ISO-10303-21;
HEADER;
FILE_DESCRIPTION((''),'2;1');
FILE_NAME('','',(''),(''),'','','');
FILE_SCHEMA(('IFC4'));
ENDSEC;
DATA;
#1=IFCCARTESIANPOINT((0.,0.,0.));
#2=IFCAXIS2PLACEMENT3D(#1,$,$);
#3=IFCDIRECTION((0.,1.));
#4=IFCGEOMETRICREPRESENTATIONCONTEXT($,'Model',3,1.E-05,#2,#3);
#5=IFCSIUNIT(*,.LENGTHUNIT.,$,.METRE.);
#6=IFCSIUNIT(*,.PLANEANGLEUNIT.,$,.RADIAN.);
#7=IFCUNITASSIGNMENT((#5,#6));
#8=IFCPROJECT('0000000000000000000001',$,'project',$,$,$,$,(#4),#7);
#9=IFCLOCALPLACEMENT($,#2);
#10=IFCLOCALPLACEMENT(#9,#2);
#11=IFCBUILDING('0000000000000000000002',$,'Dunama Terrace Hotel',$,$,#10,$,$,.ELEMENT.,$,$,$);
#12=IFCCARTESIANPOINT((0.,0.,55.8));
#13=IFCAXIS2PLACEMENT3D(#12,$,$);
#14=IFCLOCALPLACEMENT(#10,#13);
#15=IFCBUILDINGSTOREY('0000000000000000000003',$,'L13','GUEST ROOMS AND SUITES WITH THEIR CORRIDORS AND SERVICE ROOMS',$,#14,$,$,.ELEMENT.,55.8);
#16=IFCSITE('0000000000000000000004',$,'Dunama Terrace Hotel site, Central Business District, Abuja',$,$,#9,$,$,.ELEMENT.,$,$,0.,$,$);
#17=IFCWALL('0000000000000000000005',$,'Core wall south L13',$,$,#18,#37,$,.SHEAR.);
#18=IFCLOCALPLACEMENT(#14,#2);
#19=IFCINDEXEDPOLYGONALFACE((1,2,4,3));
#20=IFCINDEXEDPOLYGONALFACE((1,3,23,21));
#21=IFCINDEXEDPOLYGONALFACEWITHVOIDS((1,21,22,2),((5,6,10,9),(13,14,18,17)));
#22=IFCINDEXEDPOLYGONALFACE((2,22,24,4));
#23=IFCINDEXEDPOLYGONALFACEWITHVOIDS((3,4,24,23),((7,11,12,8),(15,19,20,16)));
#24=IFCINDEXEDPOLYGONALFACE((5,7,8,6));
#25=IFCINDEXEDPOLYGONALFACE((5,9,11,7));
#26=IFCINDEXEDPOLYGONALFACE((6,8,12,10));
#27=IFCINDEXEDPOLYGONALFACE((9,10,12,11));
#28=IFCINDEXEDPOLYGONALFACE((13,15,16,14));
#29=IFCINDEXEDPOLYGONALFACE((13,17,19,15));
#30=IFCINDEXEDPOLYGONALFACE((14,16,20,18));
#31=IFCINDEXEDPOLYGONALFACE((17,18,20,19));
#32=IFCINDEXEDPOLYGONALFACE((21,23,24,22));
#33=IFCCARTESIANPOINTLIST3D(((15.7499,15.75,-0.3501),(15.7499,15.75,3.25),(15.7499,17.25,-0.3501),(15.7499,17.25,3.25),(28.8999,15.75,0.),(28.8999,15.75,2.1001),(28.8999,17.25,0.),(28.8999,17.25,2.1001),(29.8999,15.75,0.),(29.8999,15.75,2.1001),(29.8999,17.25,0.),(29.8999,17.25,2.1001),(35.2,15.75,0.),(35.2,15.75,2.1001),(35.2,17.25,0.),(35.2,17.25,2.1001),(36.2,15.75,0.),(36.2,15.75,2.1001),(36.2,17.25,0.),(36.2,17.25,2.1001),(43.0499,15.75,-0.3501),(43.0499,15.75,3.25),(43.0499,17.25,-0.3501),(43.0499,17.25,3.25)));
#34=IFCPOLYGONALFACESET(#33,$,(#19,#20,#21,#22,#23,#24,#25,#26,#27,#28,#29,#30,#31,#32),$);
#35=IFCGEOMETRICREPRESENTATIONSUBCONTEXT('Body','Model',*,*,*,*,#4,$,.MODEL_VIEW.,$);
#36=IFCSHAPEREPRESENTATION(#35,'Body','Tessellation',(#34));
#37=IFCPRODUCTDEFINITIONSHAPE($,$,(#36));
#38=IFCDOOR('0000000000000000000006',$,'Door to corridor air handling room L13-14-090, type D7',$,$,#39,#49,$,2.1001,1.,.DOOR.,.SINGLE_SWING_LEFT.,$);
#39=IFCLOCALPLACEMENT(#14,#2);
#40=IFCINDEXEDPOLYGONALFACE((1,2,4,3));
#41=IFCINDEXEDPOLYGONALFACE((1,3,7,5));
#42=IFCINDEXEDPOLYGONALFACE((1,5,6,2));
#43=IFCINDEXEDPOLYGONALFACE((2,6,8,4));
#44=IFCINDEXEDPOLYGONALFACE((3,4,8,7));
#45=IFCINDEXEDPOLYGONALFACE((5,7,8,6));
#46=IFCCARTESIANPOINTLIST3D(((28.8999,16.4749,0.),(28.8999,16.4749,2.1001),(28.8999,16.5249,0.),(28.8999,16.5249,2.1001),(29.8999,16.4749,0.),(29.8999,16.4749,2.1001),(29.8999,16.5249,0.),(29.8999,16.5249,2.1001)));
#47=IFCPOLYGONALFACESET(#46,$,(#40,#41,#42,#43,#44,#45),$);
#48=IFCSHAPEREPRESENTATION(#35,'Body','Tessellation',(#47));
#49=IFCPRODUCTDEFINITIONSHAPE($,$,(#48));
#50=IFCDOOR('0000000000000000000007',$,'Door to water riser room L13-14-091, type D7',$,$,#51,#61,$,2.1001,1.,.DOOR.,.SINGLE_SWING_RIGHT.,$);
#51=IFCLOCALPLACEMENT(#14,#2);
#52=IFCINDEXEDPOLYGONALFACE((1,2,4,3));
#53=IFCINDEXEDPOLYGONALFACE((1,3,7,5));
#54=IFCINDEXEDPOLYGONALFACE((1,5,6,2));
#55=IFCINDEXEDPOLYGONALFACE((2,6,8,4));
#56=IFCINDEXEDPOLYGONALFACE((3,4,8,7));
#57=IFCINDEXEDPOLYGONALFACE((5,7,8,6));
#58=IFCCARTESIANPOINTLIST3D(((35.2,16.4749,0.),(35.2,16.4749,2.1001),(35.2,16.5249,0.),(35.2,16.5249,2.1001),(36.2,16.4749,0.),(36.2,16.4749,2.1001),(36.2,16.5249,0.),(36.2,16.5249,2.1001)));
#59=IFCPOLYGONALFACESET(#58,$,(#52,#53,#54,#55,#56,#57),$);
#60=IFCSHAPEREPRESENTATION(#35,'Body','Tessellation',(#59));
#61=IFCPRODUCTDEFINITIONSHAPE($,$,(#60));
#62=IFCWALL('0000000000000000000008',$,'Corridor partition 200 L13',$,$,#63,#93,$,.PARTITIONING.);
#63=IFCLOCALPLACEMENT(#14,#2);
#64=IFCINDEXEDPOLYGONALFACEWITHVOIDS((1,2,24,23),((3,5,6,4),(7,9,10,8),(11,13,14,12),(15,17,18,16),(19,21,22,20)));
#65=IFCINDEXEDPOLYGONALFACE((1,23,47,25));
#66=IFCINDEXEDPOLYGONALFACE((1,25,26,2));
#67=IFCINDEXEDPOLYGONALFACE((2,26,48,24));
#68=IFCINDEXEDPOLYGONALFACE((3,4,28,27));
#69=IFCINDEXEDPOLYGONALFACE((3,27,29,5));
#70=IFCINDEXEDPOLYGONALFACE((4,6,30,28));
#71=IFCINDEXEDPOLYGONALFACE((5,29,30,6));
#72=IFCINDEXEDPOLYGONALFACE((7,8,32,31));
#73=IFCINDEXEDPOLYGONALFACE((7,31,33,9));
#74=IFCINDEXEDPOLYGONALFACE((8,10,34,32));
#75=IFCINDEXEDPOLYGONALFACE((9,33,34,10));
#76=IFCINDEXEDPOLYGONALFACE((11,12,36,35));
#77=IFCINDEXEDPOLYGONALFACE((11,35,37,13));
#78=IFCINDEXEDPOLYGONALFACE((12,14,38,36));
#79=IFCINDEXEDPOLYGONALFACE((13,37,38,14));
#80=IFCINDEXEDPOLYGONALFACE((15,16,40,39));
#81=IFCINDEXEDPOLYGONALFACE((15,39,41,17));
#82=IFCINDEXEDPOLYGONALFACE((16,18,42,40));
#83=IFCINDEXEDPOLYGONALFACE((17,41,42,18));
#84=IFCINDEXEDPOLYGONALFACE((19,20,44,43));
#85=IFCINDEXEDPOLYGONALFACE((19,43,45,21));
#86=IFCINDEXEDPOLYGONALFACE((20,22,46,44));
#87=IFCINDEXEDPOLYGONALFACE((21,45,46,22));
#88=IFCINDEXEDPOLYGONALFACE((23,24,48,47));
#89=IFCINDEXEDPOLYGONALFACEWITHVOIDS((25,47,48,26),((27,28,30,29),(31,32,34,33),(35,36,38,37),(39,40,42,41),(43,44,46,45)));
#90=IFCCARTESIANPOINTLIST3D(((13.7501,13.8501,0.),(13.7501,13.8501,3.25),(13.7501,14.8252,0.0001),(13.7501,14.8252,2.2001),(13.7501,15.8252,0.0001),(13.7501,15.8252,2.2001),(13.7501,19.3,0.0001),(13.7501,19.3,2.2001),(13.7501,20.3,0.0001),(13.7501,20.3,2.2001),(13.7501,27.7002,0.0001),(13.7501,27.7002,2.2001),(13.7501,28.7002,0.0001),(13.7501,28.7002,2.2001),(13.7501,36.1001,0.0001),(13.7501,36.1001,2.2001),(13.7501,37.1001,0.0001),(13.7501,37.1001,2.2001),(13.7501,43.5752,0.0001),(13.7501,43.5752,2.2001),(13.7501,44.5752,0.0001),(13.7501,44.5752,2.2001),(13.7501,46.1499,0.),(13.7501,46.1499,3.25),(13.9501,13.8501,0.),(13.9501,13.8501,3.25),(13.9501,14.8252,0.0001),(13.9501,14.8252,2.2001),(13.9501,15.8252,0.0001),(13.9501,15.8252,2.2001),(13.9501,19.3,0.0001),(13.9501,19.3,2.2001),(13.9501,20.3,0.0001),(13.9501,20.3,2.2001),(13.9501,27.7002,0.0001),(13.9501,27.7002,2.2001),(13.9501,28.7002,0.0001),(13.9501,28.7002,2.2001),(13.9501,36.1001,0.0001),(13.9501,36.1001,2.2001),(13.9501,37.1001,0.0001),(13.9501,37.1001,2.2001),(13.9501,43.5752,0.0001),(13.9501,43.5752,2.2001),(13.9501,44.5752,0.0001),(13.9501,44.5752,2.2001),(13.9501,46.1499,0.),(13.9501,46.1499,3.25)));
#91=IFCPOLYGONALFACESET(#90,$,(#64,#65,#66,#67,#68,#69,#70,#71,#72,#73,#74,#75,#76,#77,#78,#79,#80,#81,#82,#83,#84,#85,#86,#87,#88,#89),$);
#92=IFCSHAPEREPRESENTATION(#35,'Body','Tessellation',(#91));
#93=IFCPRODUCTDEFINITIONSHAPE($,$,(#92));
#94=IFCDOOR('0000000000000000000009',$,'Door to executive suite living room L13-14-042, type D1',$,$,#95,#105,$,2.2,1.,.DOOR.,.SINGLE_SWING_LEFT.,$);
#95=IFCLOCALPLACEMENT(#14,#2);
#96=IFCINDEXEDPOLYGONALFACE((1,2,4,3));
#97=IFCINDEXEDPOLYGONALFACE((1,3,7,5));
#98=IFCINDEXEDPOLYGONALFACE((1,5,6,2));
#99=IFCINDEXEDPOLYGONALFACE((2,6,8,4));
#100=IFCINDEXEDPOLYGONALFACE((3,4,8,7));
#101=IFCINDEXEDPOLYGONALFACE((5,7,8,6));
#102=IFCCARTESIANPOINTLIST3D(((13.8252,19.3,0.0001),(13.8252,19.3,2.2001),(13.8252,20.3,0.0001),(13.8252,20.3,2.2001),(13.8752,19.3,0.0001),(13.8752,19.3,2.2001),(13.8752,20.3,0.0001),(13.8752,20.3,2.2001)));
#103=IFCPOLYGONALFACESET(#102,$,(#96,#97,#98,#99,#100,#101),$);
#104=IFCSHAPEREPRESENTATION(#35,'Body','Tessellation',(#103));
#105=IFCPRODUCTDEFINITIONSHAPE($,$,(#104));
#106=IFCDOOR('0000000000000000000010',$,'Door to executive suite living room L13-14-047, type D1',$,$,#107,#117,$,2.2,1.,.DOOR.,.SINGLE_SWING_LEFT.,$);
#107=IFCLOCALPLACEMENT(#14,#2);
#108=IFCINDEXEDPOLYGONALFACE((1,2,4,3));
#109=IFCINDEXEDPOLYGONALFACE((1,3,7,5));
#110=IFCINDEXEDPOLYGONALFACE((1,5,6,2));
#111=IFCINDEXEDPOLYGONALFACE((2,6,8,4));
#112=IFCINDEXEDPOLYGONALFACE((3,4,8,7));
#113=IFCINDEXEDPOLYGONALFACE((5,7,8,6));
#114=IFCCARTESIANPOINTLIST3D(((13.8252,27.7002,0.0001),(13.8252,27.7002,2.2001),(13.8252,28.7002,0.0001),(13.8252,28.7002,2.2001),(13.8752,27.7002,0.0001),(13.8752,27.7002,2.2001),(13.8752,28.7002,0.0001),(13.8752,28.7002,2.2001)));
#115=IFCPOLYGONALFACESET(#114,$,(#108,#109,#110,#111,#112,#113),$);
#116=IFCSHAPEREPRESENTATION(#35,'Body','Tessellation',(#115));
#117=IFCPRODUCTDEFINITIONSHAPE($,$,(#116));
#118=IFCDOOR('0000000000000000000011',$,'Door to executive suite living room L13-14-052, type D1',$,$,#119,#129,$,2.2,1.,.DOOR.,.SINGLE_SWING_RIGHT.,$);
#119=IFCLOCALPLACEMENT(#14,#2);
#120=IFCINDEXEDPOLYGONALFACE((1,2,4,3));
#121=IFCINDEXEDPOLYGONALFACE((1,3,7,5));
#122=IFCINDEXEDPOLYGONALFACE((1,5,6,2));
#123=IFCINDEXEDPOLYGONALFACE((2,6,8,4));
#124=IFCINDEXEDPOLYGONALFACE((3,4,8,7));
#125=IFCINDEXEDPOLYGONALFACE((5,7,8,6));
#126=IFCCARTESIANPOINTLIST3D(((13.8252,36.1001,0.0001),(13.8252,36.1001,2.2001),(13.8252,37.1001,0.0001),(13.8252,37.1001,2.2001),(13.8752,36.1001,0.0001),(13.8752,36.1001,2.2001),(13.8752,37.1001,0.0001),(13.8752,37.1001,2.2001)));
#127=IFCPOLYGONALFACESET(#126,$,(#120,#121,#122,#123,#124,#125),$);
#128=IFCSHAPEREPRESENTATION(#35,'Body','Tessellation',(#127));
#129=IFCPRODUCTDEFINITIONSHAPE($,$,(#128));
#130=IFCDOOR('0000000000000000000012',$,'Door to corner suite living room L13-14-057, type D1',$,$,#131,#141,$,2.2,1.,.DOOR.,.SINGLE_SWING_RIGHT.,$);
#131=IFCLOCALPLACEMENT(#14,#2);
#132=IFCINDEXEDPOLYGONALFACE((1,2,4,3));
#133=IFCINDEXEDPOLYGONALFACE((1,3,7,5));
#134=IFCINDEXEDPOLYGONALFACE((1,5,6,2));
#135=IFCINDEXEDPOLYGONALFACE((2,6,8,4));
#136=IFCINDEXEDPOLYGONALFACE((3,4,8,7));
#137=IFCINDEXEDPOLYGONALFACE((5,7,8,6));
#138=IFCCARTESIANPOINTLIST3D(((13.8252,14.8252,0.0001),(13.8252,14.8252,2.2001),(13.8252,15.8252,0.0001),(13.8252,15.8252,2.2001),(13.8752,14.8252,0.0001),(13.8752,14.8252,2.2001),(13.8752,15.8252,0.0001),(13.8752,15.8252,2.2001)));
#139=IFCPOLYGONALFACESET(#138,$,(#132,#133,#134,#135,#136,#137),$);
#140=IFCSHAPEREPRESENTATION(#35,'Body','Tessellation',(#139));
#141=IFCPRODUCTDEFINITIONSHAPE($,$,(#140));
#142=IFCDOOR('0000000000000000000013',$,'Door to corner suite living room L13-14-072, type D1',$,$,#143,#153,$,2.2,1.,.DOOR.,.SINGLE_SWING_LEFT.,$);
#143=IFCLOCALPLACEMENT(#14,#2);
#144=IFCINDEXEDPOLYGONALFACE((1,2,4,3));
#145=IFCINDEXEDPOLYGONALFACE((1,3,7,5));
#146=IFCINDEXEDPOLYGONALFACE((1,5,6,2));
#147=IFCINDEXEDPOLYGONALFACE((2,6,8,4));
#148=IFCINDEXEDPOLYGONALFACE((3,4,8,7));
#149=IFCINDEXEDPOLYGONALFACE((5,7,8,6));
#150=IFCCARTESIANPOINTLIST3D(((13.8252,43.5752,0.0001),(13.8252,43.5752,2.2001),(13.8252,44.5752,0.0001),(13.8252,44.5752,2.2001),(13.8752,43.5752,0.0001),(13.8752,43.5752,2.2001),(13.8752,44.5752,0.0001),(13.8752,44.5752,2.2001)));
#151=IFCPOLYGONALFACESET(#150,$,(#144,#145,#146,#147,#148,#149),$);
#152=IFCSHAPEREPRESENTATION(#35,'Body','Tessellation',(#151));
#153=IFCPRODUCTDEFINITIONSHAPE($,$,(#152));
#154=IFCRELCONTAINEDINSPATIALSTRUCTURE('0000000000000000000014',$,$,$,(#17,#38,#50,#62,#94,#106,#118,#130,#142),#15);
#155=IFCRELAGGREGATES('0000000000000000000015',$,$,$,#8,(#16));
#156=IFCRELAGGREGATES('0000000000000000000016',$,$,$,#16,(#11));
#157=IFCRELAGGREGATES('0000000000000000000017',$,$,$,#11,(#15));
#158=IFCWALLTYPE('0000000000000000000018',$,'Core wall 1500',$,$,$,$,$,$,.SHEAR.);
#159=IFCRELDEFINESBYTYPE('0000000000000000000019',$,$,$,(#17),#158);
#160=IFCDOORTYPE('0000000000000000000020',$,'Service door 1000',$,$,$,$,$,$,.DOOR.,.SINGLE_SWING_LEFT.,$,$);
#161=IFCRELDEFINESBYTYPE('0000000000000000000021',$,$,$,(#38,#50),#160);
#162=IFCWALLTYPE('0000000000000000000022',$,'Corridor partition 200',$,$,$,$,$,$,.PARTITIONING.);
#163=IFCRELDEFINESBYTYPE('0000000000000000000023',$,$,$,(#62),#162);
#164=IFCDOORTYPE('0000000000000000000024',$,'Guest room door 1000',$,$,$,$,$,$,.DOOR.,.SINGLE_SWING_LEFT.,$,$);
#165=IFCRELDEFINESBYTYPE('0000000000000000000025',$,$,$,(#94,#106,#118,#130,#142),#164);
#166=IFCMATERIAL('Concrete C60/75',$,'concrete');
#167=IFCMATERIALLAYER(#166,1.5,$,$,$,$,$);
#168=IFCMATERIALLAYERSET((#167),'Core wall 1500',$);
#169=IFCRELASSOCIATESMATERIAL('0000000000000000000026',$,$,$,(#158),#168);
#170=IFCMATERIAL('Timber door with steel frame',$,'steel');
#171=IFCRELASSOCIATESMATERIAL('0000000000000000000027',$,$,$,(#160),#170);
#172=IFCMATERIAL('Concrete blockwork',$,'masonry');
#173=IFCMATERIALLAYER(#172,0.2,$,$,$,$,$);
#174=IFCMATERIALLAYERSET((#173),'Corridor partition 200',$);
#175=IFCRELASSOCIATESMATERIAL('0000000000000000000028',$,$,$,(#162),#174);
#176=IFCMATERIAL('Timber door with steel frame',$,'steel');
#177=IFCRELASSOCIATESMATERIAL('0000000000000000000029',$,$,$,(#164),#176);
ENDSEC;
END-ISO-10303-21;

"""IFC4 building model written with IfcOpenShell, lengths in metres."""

from ifc_helpers import new_model, si_unit, direction, frame, frame_2d, origin, place, context, subcontext, project, spatial, rectangle, extrude, material, layer, layer_set, type_object, element, fill, save


model = new_model("IFC4")

# Units and contexts
model_context = context("Model", 3, precision=1e-05, world=origin(), true_north=direction((0.0, 1.0)))
body_context = subcontext(model_context, "Body", "Model", "MODEL_VIEW")
ifc_project = project(units=[si_unit("LENGTHUNIT", "METRE"), si_unit("PLANEANGLEUNIT", "RADIAN")], contexts=[model_context])

# Site, building, storey
site_placement = place(None, origin())
site = spatial("IfcSite", under=ifc_project, at=site_placement, Name="Dunama Terrace Hotel site, Central Business District, Abuja", CompositionType="ELEMENT", RefElevation=0.0)
building_placement = place(site_placement, origin())
building = spatial("IfcBuilding", under=site, at=building_placement, Name="Dunama Terrace Hotel", CompositionType="ELEMENT")
storey_placement = place(building_placement, frame((0.0, 0.0, 55.8)))
storey = spatial("IfcBuildingStorey", under=building, at=storey_placement, Name="L13", Description="GUEST ROOMS AND SUITES WITH THEIR CORRIDORS AND SERVICE ROOMS", CompositionType="ELEMENT", Elevation=55.8)

# Walls, openings, doors
ifc_material_1 = material(Name="Concrete C60/75", Category="concrete")
ifc_layer_1 = layer(ifc_material_1, 1.5)
ifc_layer_set_1 = layer_set([ifc_layer_1], Name="Core wall 1500")
wall_type_1 = type_object("IfcWallType", Name="Core wall 1500", PredefinedType="SHEAR", material=ifc_layer_set_1)
wall_1_placement = place(storey_placement, frame((15.75, 16.5, -0.3501), z_axis=(0.0, 0.0, 1.0), x_axis=(1.0, 0.0, 0.0)))
wall_1 = element("IfcWall", 1, at=wall_1_placement, inside=storey, type_object=wall_type_1, Name="Core wall south L13", PredefinedType="SHEAR", context=body_context, shape_type="SweptSolid", body=[
    extrude(rectangle(XDim=27.3, YDim=1.5, at=frame_2d((13.6499, 0.0))), origin(), (0.0, 0.0, 1.0), 3.6001),
])
opening_1_placement = place(wall_1_placement, frame((13.1499, 0.0, 0.3501)))
opening_1 = element("IfcOpeningElement", 2, at=opening_1_placement, cuts=wall_1, PredefinedType="OPENING", context=body_context, shape_type="SweptSolid", body=[
    extrude(rectangle(XDim=1.0, YDim=2.1001, at=frame_2d((0.5, 1.05))), frame((0.0, 0.76, 0.0), z_axis=(0.0, -1.0, 0.0), x_axis=(1.0, 0.0, 0.0)), (0.0, 0.0, 1.0), 1.52),
])
opening_2_placement = place(wall_1_placement, frame((19.45, 0.0, 0.3501)))
opening_2 = element("IfcOpeningElement", 3, at=opening_2_placement, cuts=wall_1, PredefinedType="OPENING", context=body_context, shape_type="SweptSolid", body=[
    extrude(rectangle(XDim=1.0, YDim=2.1001, at=frame_2d((0.5, 1.05))), frame((0.0, 0.76, 0.0), z_axis=(0.0, -1.0, 0.0), x_axis=(1.0, 0.0, 0.0)), (0.0, 0.0, 1.0), 1.52),
])
ifc_material_2 = material(Name="Timber door with steel frame", Category="steel")
door_type_1 = type_object("IfcDoorType", Name="Service door 1000", OperationType="SINGLE_SWING_LEFT", PredefinedType="DOOR", material=ifc_material_2)
door_1_placement = place(opening_1_placement, origin())
door_1 = element("IfcDoor", 4, at=door_1_placement, inside=storey, type_object=door_type_1, Name="Door to corridor air handling room L13-14-090, type D7", OperationType="SINGLE_SWING_LEFT", OverallHeight=2.1001, OverallWidth=1.0, PredefinedType="DOOR", context=body_context, shape_type="SweptSolid", body=[
    extrude(rectangle(XDim=1.0, YDim=2.1001, at=frame_2d((0.5, 1.05))), frame((0.0, 0.0249, 0.0), z_axis=(0.0, -1.0, 0.0), x_axis=(1.0, 0.0, 0.0)), (0.0, 0.0, 1.0), 0.05),
])
fill(opening_1, door_1)
door_2_placement = place(opening_2_placement, origin())
door_2 = element("IfcDoor", 5, at=door_2_placement, inside=storey, type_object=door_type_1, Name="Door to water riser room L13-14-091, type D7", OperationType="SINGLE_SWING_RIGHT", OverallHeight=2.1001, OverallWidth=1.0, PredefinedType="DOOR", context=body_context, shape_type="SweptSolid", body=[
    extrude(rectangle(XDim=1.0, YDim=2.1001, at=frame_2d((0.5, 1.05))), frame((0.0, 0.0249, 0.0), z_axis=(0.0, -1.0, 0.0), x_axis=(1.0, 0.0, 0.0)), (0.0, 0.0, 1.0), 0.05),
])
fill(opening_2, door_2)
ifc_material_3 = material(Name="Concrete blockwork", Category="masonry")
ifc_layer_2 = layer(ifc_material_3, 0.2)
ifc_layer_set_2 = layer_set([ifc_layer_2], Name="Corridor partition 200")
wall_type_2 = type_object("IfcWallType", Name="Corridor partition 200", PredefinedType="PARTITIONING", material=ifc_layer_set_2)
wall_2_placement = place(storey_placement, frame((13.8501, 13.8501, 0.0), z_axis=(0.0, 0.0, 1.0), x_axis=(0.0, 1.0, 0.0)))
wall_2 = element("IfcWall", 6, at=wall_2_placement, inside=storey, type_object=wall_type_2, Name="Corridor partition 200 L13", PredefinedType="PARTITIONING", context=body_context, shape_type="SweptSolid", body=[
    extrude(rectangle(XDim=32.2998, YDim=0.2, at=frame_2d((16.1499, 0.0))), origin(), (0.0, 0.0, 1.0), 3.25),
])
opening_3_placement = place(wall_2_placement, frame((5.45, 0.0, 0.0)))
opening_3 = element("IfcOpeningElement", 7, at=opening_3_placement, cuts=wall_2, PredefinedType="OPENING", context=body_context, shape_type="SweptSolid", body=[
    extrude(rectangle(XDim=1.0, YDim=2.2, at=frame_2d((0.5, 1.1001))), frame((0.0, 0.1099, 0.0), z_axis=(0.0, -1.0, 0.0), x_axis=(1.0, 0.0, 0.0)), (0.0, 0.0, 1.0), 0.22),
])
opening_4_placement = place(wall_2_placement, frame((13.8501, 0.0, 0.0)))
opening_4 = element("IfcOpeningElement", 8, at=opening_4_placement, cuts=wall_2, PredefinedType="OPENING", context=body_context, shape_type="SweptSolid", body=[
    extrude(rectangle(XDim=1.0, YDim=2.2, at=frame_2d((0.5, 1.1001))), frame((0.0, 0.1099, 0.0), z_axis=(0.0, -1.0, 0.0), x_axis=(1.0, 0.0, 0.0)), (0.0, 0.0, 1.0), 0.22),
])
opening_5_placement = place(wall_2_placement, frame((22.25, 0.0, 0.0)))
opening_5 = element("IfcOpeningElement", 9, at=opening_5_placement, cuts=wall_2, PredefinedType="OPENING", context=body_context, shape_type="SweptSolid", body=[
    extrude(rectangle(XDim=1.0, YDim=2.2, at=frame_2d((0.5, 1.1001))), frame((0.0, 0.1099, 0.0), z_axis=(0.0, -1.0, 0.0), x_axis=(1.0, 0.0, 0.0)), (0.0, 0.0, 1.0), 0.22),
])
opening_6_placement = place(wall_2_placement, frame((0.9751, 0.0, 0.0)))
opening_6 = element("IfcOpeningElement", 10, at=opening_6_placement, cuts=wall_2, PredefinedType="OPENING", context=body_context, shape_type="SweptSolid", body=[
    extrude(rectangle(XDim=1.0, YDim=2.2, at=frame_2d((0.5, 1.1001))), frame((0.0, 0.1099, 0.0), z_axis=(0.0, -1.0, 0.0), x_axis=(1.0, 0.0, 0.0)), (0.0, 0.0, 1.0), 0.22),
])
opening_7_placement = place(wall_2_placement, frame((29.7251, 0.0, 0.0)))
opening_7 = element("IfcOpeningElement", 11, at=opening_7_placement, cuts=wall_2, PredefinedType="OPENING", context=body_context, shape_type="SweptSolid", body=[
    extrude(rectangle(XDim=1.0, YDim=2.2, at=frame_2d((0.5, 1.1001))), frame((0.0, 0.1099, 0.0), z_axis=(0.0, -1.0, 0.0), x_axis=(1.0, 0.0, 0.0)), (0.0, 0.0, 1.0), 0.22),
])
ifc_material_4 = material(Name="Timber door with steel frame", Category="steel")
door_type_2 = type_object("IfcDoorType", Name="Guest room door 1000", OperationType="SINGLE_SWING_LEFT", PredefinedType="DOOR", material=ifc_material_4)
door_3_placement = place(opening_3_placement, origin())
door_3 = element("IfcDoor", 12, at=door_3_placement, inside=storey, type_object=door_type_2, Name="Door to executive suite living room L13-14-042, type D1", OperationType="SINGLE_SWING_LEFT", OverallHeight=2.2, OverallWidth=1.0, PredefinedType="DOOR", context=body_context, shape_type="SweptSolid", body=[
    extrude(rectangle(XDim=1.0, YDim=2.2, at=frame_2d((0.5, 1.1001))), frame((0.0, 0.0249, 0.0), z_axis=(0.0, -1.0, 0.0), x_axis=(1.0, 0.0, 0.0)), (0.0, 0.0, 1.0), 0.05),
])
fill(opening_3, door_3)
door_4_placement = place(opening_4_placement, origin())
door_4 = element("IfcDoor", 13, at=door_4_placement, inside=storey, type_object=door_type_2, Name="Door to executive suite living room L13-14-047, type D1", OperationType="SINGLE_SWING_LEFT", OverallHeight=2.2, OverallWidth=1.0, PredefinedType="DOOR", context=body_context, shape_type="SweptSolid", body=[
    extrude(rectangle(XDim=1.0, YDim=2.2, at=frame_2d((0.5, 1.1001))), frame((0.0, 0.0249, 0.0), z_axis=(0.0, -1.0, 0.0), x_axis=(1.0, 0.0, 0.0)), (0.0, 0.0, 1.0), 0.05),
])
fill(opening_4, door_4)
door_5_placement = place(opening_5_placement, origin())
door_5 = element("IfcDoor", 14, at=door_5_placement, inside=storey, type_object=door_type_2, Name="Door to executive suite living room L13-14-052, type D1", OperationType="SINGLE_SWING_RIGHT", OverallHeight=2.2, OverallWidth=1.0, PredefinedType="DOOR", context=body_context, shape_type="SweptSolid", body=[
    extrude(rectangle(XDim=1.0, YDim=2.2, at=frame_2d((0.5, 1.1001))), frame((0.0, 0.0249, 0.0), z_axis=(0.0, -1.0, 0.0), x_axis=(1.0, 0.0, 0.0)), (0.0, 0.0, 1.0), 0.05),
])
fill(opening_5, door_5)
door_6_placement = place(opening_6_placement, origin())
door_6 = element("IfcDoor", 15, at=door_6_placement, inside=storey, type_object=door_type_2, Name="Door to corner suite living room L13-14-057, type D1", OperationType="SINGLE_SWING_RIGHT", OverallHeight=2.2, OverallWidth=1.0, PredefinedType="DOOR", context=body_context, shape_type="SweptSolid", body=[
    extrude(rectangle(XDim=1.0, YDim=2.2, at=frame_2d((0.5, 1.1001))), frame((0.0, 0.0249, 0.0), z_axis=(0.0, -1.0, 0.0), x_axis=(1.0, 0.0, 0.0)), (0.0, 0.0, 1.0), 0.05),
])
fill(opening_6, door_6)
door_7_placement = place(opening_7_placement, origin())
door_7 = element("IfcDoor", 16, at=door_7_placement, inside=storey, type_object=door_type_2, Name="Door to corner suite living room L13-14-072, type D1", OperationType="SINGLE_SWING_LEFT", OverallHeight=2.2, OverallWidth=1.0, PredefinedType="DOOR", context=body_context, shape_type="SweptSolid", body=[
    extrude(rectangle(XDim=1.0, YDim=2.2, at=frame_2d((0.5, 1.1001))), frame((0.0, 0.0249, 0.0), z_axis=(0.0, -1.0, 0.0), x_axis=(1.0, 0.0, 0.0)), (0.0, 0.0, 1.0), 0.05),
])
fill(opening_7, door_7)

save(model, "model.ifc")
